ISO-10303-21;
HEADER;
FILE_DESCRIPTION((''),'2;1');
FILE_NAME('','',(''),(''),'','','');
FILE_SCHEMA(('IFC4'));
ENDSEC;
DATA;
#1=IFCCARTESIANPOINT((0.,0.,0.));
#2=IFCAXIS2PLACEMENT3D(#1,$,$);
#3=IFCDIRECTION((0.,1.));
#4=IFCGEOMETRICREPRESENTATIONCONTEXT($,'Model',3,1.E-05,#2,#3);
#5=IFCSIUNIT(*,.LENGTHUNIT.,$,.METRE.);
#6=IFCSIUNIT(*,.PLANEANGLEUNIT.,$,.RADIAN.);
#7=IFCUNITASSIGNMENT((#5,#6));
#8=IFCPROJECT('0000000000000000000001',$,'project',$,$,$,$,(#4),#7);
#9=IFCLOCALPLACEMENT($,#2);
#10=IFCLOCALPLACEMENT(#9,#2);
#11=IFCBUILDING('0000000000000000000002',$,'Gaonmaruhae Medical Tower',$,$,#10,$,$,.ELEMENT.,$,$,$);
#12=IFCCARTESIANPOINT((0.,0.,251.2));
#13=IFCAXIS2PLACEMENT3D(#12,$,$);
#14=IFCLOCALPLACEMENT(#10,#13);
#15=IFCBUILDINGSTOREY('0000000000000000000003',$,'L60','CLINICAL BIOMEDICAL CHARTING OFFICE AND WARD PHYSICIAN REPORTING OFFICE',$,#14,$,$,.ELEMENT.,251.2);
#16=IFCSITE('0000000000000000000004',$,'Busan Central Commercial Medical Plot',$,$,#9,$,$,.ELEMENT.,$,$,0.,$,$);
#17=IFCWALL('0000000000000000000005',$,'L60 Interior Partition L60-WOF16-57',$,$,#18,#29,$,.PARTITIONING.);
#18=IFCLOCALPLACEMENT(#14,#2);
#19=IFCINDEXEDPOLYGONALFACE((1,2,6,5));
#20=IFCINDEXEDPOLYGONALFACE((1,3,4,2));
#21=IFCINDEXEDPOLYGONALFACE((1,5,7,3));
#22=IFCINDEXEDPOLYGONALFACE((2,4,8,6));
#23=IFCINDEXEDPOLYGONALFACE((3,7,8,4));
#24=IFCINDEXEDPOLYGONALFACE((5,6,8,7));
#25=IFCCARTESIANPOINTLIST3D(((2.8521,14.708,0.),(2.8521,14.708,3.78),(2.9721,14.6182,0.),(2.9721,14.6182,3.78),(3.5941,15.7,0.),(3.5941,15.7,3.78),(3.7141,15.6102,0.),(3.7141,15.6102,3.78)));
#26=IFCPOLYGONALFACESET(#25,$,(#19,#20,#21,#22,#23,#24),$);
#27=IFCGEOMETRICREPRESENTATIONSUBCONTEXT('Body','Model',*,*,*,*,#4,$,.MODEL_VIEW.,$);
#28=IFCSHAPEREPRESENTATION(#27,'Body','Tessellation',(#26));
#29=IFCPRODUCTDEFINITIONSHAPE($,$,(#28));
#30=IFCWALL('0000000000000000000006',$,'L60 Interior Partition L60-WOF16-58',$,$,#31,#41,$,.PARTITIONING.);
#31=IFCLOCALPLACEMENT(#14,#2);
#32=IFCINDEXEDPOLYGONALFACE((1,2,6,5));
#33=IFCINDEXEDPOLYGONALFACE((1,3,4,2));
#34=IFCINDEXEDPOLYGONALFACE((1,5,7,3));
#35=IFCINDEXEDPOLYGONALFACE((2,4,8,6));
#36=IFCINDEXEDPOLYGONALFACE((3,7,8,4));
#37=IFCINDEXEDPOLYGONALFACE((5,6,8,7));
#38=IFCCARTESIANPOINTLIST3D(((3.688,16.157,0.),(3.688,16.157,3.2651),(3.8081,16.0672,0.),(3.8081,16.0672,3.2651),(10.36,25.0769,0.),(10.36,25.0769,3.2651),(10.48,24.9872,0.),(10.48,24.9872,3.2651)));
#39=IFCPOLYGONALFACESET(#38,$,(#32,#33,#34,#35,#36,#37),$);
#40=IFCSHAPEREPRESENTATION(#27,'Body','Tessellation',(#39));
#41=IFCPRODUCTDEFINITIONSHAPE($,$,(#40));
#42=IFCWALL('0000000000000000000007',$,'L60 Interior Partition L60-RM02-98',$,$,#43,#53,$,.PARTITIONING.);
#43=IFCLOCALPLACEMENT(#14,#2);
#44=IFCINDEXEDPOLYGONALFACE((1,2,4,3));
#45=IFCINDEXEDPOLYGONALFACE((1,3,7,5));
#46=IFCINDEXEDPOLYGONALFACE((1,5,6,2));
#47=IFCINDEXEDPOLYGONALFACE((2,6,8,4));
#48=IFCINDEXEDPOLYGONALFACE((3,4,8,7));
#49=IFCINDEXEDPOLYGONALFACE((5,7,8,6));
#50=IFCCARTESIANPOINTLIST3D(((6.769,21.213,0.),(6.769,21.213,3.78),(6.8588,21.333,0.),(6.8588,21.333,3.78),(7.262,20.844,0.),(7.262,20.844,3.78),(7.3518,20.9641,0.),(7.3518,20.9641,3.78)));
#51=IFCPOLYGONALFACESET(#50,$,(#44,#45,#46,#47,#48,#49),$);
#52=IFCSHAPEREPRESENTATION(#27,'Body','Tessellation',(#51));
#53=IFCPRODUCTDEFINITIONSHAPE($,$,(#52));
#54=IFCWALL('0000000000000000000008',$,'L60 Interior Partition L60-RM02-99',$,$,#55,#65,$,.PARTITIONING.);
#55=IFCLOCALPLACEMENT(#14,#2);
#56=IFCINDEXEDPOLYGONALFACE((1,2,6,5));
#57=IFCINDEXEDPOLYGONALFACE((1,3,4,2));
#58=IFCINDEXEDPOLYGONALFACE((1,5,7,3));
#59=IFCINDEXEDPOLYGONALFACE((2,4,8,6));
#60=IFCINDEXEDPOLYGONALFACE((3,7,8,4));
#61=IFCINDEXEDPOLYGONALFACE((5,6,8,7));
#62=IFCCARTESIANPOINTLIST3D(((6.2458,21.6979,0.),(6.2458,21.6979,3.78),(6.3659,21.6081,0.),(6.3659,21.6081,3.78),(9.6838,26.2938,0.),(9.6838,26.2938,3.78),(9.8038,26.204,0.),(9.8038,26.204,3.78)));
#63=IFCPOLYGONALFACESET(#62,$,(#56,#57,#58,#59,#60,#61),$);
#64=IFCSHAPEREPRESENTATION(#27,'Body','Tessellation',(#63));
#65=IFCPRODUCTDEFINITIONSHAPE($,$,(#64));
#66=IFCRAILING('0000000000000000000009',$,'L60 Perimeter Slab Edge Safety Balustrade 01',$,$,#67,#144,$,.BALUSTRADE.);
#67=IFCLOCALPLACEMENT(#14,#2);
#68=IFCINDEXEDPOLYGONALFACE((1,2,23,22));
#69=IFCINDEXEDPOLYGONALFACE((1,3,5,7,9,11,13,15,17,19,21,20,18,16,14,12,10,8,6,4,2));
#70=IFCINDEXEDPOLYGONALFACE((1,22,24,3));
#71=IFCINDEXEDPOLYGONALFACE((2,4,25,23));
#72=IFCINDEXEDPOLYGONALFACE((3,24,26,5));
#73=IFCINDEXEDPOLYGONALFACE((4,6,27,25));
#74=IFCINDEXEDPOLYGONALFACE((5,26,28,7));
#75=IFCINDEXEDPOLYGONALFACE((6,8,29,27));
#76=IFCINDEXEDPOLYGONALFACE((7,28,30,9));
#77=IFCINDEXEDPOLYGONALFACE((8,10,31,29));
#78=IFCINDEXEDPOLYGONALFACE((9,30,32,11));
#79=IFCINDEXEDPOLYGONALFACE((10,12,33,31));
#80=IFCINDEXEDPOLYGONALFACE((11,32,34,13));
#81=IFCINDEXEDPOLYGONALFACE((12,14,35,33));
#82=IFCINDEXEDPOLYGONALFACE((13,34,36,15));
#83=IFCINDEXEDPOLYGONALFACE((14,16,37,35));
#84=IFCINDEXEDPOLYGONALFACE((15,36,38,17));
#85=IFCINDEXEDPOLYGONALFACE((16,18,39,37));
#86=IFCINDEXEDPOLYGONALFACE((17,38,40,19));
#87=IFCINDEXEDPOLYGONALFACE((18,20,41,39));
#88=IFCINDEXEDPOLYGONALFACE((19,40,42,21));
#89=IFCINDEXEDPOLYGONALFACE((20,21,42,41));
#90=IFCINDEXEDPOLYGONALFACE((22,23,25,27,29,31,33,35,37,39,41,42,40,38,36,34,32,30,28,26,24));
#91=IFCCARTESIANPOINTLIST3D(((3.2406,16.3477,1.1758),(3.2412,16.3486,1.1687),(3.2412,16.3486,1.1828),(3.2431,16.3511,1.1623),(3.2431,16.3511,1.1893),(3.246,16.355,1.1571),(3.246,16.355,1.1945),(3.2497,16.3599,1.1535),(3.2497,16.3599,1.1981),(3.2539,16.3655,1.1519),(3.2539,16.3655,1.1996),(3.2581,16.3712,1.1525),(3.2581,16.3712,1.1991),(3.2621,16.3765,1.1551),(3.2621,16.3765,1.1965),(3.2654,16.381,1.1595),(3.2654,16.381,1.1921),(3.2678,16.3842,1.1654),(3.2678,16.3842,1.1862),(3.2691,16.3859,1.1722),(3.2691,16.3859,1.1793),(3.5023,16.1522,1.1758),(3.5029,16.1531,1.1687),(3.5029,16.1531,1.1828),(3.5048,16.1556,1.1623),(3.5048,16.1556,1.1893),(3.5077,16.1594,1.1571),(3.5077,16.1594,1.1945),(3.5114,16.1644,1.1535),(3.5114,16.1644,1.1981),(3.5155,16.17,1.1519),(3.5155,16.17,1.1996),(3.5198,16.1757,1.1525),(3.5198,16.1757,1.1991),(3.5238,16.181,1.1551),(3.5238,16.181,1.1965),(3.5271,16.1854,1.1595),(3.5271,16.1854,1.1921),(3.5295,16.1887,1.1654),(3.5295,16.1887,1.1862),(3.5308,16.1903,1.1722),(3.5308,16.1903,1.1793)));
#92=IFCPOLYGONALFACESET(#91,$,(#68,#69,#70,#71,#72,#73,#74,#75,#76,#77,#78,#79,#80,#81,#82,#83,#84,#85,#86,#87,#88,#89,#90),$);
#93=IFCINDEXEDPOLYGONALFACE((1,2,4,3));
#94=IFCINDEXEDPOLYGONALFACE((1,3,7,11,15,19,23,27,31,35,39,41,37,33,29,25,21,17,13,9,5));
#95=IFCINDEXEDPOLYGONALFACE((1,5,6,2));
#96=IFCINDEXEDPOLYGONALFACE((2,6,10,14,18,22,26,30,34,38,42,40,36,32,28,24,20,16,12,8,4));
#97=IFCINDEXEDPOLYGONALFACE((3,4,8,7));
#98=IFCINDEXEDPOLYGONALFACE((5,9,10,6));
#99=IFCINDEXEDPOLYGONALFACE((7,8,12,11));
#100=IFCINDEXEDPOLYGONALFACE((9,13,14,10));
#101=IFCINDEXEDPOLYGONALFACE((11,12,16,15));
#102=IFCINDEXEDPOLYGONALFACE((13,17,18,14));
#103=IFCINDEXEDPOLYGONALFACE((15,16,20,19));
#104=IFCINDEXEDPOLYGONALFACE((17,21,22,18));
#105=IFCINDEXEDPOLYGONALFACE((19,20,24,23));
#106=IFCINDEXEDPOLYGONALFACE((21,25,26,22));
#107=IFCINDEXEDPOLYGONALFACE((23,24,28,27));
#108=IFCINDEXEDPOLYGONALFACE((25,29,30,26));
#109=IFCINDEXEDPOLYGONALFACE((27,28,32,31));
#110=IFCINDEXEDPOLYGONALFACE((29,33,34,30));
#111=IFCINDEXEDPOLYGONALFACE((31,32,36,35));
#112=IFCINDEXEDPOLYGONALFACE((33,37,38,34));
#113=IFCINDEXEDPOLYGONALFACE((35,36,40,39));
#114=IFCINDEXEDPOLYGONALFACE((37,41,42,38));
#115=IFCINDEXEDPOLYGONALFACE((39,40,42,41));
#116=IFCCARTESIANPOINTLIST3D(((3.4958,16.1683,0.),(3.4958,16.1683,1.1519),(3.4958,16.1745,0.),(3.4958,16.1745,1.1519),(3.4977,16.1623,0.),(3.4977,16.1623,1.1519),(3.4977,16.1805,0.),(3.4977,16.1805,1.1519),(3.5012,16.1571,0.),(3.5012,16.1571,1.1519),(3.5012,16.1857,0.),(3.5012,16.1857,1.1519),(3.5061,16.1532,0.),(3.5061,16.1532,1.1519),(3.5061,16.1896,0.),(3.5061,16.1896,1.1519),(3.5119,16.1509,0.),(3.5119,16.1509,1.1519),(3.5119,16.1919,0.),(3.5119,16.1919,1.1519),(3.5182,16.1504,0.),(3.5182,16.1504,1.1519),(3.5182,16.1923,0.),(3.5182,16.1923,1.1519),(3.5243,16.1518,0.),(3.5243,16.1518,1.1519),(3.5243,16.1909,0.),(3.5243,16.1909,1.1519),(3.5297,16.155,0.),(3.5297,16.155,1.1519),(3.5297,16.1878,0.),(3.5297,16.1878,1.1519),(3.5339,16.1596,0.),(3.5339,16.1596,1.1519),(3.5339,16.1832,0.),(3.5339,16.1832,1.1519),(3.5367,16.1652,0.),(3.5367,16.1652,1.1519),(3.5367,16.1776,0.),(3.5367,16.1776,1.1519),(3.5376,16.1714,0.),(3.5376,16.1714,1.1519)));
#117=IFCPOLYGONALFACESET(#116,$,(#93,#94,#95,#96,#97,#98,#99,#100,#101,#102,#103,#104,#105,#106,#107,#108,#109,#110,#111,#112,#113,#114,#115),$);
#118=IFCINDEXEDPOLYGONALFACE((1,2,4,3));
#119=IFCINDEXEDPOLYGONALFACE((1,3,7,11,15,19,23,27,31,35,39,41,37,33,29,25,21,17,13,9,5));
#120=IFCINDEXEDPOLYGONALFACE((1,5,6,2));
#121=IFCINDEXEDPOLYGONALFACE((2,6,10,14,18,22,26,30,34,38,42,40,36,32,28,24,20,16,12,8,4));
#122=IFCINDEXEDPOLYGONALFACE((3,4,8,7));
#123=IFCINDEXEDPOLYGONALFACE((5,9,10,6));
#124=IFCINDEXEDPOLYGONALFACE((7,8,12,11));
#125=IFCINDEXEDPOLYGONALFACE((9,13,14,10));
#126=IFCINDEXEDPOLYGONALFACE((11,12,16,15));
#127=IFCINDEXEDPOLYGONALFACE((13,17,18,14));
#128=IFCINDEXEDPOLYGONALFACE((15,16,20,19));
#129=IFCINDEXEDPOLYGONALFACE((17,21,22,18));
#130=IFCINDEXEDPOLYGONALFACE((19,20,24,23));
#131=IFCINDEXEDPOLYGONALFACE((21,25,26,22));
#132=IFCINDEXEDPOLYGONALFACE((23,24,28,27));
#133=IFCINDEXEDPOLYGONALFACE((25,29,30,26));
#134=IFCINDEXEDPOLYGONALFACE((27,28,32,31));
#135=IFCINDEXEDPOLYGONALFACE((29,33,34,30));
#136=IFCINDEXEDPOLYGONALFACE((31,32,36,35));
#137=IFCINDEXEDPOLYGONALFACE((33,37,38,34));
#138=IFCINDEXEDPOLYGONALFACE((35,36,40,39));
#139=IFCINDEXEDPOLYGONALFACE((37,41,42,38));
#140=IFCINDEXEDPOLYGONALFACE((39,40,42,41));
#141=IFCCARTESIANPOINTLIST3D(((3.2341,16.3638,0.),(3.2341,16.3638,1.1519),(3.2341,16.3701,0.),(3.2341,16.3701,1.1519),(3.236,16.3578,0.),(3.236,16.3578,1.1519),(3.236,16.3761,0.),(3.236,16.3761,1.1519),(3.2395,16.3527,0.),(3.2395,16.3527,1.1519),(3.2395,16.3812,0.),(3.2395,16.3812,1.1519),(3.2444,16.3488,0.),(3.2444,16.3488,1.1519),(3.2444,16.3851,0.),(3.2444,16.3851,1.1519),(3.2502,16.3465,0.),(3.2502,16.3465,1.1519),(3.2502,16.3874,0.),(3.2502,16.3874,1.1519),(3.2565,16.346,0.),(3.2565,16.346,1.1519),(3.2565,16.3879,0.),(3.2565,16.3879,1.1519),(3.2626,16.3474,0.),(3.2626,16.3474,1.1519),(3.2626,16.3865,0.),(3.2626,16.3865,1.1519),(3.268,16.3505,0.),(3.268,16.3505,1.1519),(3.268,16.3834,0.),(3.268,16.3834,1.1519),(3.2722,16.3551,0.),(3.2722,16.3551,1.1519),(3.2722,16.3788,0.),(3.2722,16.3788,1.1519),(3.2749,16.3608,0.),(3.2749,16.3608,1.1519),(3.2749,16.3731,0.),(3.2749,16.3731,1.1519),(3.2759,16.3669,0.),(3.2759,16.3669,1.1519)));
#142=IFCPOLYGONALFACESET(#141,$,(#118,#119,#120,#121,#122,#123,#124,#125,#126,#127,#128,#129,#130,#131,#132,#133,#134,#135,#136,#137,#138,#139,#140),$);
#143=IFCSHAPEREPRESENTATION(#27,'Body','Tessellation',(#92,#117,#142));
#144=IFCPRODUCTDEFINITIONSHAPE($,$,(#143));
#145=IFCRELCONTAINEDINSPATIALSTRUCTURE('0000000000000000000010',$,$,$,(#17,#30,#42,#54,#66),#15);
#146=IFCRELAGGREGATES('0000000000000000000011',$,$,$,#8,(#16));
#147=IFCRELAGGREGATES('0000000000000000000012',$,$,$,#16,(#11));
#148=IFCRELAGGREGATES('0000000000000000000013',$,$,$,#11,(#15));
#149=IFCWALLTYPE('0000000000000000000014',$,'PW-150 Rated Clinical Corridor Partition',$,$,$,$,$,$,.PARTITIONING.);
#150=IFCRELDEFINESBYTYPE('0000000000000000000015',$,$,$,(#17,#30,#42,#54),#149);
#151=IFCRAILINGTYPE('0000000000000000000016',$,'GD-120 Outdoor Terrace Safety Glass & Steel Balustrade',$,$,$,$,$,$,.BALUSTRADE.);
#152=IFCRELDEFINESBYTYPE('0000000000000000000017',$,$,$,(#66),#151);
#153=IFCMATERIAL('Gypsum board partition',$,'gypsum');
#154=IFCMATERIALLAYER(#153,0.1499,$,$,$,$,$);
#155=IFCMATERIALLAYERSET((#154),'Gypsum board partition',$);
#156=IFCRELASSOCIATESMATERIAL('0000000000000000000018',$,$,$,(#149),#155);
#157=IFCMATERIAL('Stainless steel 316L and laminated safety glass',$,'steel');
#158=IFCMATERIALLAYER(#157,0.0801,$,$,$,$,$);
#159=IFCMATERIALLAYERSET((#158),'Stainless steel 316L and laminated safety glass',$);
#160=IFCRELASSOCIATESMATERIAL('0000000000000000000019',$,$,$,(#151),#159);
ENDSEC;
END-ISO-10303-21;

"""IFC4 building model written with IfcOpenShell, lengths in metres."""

from ifc_helpers import new_model, si_unit, direction, frame, frame_2d, origin, origin_2d, place, context, subcontext, project, spatial, rectangle, circle, extrude, material, layer, layer_set, type_object, element, save


model = new_model("IFC4")

# Units and contexts
model_context = context("Model", 3, precision=1e-05, world=origin(), true_north=direction((0.0, 1.0)))
body_context = subcontext(model_context, "Body", "Model", "MODEL_VIEW")
ifc_project = project(units=[si_unit("LENGTHUNIT", "METRE"), si_unit("PLANEANGLEUNIT", "RADIAN")], contexts=[model_context])

# Site, building, storey
site_placement = place(None, origin())
site = spatial("IfcSite", under=ifc_project, at=site_placement, Name="Busan Central Commercial Medical Plot", CompositionType="ELEMENT", RefElevation=0.0)
building_placement = place(site_placement, origin())
building = spatial("IfcBuilding", under=site, at=building_placement, Name="Gaonmaruhae Medical Tower", CompositionType="ELEMENT")
storey_placement = place(building_placement, frame((0.0, 0.0, 251.2)))
storey = spatial("IfcBuildingStorey", under=building, at=storey_placement, Name="L60", Description="CLINICAL BIOMEDICAL CHARTING OFFICE AND WARD PHYSICIAN REPORTING OFFICE", CompositionType="ELEMENT", Elevation=251.2)

# Walls
ifc_material_1 = material(Name="Gypsum board partition", Category="gypsum")
ifc_layer_1 = layer(ifc_material_1, 0.1499)
ifc_layer_set_1 = layer_set([ifc_layer_1], Name="Gypsum board partition")
wall_type_1 = type_object("IfcWallType", Name="PW-150 Rated Clinical Corridor Partition", PredefinedType="PARTITIONING", material=ifc_layer_set_1)
wall_1_placement = place(storey_placement, frame((2.9121, 14.6631, 0.0), z_axis=(0.0, 0.0, 1.0), x_axis=(0.598959, 0.80078, 0.0)))
element("IfcWall", 1, at=wall_1_placement, inside=storey, type_object=wall_type_1, Name="L60 Interior Partition L60-WOF16-57", PredefinedType="PARTITIONING", context=body_context, shape_type="SweptSolid", body=[
    extrude(rectangle(XDim=1.2388, YDim=0.1499, at=frame_2d((0.6194, 0.0))), origin(), (0.0, 0.0, 1.0), 3.78),
])
wall_2_placement = place(storey_placement, frame((3.748, 16.1121, 0.0), z_axis=(0.0, 0.0, 1.0), x_axis=(0.598961, 0.800778, 0.0)))
element("IfcWall", 2, at=wall_2_placement, inside=storey, type_object=wall_type_1, Name="L60 Interior Partition L60-WOF16-58", PredefinedType="PARTITIONING", context=body_context, shape_type="SweptSolid", body=[
    extrude(rectangle(XDim=11.1392, YDim=0.1499, at=frame_2d((5.5696, 0.0))), origin(), (0.0, 0.0, 1.0), 3.2651),
])
wall_3_placement = place(storey_placement, frame((7.3069, 20.9041, 0.0), z_axis=(0.0, 0.0, 1.0), x_axis=(-0.800618, 0.599175, 0.0)))
element("IfcWall", 3, at=wall_3_placement, inside=storey, type_object=wall_type_1, Name="L60 Interior Partition L60-RM02-98", PredefinedType="PARTITIONING", context=body_context, shape_type="SweptSolid", body=[
    extrude(rectangle(XDim=0.6157, YDim=0.1499, at=frame_2d((0.3079, 0.0))), origin(), (0.0, 0.0, 1.0), 3.78),
])
wall_4_placement = place(storey_placement, frame((6.3059, 21.6531, 0.0), z_axis=(0.0, 0.0, 1.0), x_axis=(0.598999, 0.80075, 0.0)))
element("IfcWall", 4, at=wall_4_placement, inside=storey, type_object=wall_type_1, Name="L60 Interior Partition L60-RM02-99", PredefinedType="PARTITIONING", context=body_context, shape_type="SweptSolid", body=[
    extrude(rectangle(XDim=5.7395, YDim=0.1499, at=frame_2d((2.8696, 0.0))), origin(), (0.0, 0.0, 1.0), 3.78),
])

# Railing
ifc_material_2 = material(Name="Stainless steel 316L and laminated safety glass", Category="steel")
ifc_layer_2 = layer(ifc_material_2, 0.0801)
ifc_layer_set_2 = layer_set([ifc_layer_2], Name="Stainless steel 316L and laminated safety glass")
railing_type = type_object("IfcRailingType", Name="GD-120 Outdoor Terrace Safety Glass & Steel Balustrade", PredefinedType="BALUSTRADE", material=ifc_layer_set_2)
railing_1_placement = place(storey_placement, frame((3.5166, 16.1714, 0.0)))
element("IfcRailing", 5, at=railing_1_placement, inside=storey, type_object=railing_type, Name="L60 Perimeter Slab Edge Safety Balustrade 01", PredefinedType="BALUSTRADE", context=body_context, shape_type="SweptSolid", body=[
    extrude(circle(Radius=0.0239, at=origin_2d()), frame((0.0, 0.0, 1.1758), z_axis=(-0.801075, 0.598564, 0.0), x_axis=(-0.598564, -0.801075, 0.0)), (0.0, 0.0, 1.0), 0.3267),
    extrude(circle(Radius=0.021, at=origin_2d()), origin(), (0.0, 0.0, 1.0), 1.1519),
    extrude(circle(Radius=0.021, at=origin_2d()), frame((-0.2617, 0.1956, 0.0)), (0.0, 0.0, 1.0), 1.1519),
])

save(model, "model.ifc")
